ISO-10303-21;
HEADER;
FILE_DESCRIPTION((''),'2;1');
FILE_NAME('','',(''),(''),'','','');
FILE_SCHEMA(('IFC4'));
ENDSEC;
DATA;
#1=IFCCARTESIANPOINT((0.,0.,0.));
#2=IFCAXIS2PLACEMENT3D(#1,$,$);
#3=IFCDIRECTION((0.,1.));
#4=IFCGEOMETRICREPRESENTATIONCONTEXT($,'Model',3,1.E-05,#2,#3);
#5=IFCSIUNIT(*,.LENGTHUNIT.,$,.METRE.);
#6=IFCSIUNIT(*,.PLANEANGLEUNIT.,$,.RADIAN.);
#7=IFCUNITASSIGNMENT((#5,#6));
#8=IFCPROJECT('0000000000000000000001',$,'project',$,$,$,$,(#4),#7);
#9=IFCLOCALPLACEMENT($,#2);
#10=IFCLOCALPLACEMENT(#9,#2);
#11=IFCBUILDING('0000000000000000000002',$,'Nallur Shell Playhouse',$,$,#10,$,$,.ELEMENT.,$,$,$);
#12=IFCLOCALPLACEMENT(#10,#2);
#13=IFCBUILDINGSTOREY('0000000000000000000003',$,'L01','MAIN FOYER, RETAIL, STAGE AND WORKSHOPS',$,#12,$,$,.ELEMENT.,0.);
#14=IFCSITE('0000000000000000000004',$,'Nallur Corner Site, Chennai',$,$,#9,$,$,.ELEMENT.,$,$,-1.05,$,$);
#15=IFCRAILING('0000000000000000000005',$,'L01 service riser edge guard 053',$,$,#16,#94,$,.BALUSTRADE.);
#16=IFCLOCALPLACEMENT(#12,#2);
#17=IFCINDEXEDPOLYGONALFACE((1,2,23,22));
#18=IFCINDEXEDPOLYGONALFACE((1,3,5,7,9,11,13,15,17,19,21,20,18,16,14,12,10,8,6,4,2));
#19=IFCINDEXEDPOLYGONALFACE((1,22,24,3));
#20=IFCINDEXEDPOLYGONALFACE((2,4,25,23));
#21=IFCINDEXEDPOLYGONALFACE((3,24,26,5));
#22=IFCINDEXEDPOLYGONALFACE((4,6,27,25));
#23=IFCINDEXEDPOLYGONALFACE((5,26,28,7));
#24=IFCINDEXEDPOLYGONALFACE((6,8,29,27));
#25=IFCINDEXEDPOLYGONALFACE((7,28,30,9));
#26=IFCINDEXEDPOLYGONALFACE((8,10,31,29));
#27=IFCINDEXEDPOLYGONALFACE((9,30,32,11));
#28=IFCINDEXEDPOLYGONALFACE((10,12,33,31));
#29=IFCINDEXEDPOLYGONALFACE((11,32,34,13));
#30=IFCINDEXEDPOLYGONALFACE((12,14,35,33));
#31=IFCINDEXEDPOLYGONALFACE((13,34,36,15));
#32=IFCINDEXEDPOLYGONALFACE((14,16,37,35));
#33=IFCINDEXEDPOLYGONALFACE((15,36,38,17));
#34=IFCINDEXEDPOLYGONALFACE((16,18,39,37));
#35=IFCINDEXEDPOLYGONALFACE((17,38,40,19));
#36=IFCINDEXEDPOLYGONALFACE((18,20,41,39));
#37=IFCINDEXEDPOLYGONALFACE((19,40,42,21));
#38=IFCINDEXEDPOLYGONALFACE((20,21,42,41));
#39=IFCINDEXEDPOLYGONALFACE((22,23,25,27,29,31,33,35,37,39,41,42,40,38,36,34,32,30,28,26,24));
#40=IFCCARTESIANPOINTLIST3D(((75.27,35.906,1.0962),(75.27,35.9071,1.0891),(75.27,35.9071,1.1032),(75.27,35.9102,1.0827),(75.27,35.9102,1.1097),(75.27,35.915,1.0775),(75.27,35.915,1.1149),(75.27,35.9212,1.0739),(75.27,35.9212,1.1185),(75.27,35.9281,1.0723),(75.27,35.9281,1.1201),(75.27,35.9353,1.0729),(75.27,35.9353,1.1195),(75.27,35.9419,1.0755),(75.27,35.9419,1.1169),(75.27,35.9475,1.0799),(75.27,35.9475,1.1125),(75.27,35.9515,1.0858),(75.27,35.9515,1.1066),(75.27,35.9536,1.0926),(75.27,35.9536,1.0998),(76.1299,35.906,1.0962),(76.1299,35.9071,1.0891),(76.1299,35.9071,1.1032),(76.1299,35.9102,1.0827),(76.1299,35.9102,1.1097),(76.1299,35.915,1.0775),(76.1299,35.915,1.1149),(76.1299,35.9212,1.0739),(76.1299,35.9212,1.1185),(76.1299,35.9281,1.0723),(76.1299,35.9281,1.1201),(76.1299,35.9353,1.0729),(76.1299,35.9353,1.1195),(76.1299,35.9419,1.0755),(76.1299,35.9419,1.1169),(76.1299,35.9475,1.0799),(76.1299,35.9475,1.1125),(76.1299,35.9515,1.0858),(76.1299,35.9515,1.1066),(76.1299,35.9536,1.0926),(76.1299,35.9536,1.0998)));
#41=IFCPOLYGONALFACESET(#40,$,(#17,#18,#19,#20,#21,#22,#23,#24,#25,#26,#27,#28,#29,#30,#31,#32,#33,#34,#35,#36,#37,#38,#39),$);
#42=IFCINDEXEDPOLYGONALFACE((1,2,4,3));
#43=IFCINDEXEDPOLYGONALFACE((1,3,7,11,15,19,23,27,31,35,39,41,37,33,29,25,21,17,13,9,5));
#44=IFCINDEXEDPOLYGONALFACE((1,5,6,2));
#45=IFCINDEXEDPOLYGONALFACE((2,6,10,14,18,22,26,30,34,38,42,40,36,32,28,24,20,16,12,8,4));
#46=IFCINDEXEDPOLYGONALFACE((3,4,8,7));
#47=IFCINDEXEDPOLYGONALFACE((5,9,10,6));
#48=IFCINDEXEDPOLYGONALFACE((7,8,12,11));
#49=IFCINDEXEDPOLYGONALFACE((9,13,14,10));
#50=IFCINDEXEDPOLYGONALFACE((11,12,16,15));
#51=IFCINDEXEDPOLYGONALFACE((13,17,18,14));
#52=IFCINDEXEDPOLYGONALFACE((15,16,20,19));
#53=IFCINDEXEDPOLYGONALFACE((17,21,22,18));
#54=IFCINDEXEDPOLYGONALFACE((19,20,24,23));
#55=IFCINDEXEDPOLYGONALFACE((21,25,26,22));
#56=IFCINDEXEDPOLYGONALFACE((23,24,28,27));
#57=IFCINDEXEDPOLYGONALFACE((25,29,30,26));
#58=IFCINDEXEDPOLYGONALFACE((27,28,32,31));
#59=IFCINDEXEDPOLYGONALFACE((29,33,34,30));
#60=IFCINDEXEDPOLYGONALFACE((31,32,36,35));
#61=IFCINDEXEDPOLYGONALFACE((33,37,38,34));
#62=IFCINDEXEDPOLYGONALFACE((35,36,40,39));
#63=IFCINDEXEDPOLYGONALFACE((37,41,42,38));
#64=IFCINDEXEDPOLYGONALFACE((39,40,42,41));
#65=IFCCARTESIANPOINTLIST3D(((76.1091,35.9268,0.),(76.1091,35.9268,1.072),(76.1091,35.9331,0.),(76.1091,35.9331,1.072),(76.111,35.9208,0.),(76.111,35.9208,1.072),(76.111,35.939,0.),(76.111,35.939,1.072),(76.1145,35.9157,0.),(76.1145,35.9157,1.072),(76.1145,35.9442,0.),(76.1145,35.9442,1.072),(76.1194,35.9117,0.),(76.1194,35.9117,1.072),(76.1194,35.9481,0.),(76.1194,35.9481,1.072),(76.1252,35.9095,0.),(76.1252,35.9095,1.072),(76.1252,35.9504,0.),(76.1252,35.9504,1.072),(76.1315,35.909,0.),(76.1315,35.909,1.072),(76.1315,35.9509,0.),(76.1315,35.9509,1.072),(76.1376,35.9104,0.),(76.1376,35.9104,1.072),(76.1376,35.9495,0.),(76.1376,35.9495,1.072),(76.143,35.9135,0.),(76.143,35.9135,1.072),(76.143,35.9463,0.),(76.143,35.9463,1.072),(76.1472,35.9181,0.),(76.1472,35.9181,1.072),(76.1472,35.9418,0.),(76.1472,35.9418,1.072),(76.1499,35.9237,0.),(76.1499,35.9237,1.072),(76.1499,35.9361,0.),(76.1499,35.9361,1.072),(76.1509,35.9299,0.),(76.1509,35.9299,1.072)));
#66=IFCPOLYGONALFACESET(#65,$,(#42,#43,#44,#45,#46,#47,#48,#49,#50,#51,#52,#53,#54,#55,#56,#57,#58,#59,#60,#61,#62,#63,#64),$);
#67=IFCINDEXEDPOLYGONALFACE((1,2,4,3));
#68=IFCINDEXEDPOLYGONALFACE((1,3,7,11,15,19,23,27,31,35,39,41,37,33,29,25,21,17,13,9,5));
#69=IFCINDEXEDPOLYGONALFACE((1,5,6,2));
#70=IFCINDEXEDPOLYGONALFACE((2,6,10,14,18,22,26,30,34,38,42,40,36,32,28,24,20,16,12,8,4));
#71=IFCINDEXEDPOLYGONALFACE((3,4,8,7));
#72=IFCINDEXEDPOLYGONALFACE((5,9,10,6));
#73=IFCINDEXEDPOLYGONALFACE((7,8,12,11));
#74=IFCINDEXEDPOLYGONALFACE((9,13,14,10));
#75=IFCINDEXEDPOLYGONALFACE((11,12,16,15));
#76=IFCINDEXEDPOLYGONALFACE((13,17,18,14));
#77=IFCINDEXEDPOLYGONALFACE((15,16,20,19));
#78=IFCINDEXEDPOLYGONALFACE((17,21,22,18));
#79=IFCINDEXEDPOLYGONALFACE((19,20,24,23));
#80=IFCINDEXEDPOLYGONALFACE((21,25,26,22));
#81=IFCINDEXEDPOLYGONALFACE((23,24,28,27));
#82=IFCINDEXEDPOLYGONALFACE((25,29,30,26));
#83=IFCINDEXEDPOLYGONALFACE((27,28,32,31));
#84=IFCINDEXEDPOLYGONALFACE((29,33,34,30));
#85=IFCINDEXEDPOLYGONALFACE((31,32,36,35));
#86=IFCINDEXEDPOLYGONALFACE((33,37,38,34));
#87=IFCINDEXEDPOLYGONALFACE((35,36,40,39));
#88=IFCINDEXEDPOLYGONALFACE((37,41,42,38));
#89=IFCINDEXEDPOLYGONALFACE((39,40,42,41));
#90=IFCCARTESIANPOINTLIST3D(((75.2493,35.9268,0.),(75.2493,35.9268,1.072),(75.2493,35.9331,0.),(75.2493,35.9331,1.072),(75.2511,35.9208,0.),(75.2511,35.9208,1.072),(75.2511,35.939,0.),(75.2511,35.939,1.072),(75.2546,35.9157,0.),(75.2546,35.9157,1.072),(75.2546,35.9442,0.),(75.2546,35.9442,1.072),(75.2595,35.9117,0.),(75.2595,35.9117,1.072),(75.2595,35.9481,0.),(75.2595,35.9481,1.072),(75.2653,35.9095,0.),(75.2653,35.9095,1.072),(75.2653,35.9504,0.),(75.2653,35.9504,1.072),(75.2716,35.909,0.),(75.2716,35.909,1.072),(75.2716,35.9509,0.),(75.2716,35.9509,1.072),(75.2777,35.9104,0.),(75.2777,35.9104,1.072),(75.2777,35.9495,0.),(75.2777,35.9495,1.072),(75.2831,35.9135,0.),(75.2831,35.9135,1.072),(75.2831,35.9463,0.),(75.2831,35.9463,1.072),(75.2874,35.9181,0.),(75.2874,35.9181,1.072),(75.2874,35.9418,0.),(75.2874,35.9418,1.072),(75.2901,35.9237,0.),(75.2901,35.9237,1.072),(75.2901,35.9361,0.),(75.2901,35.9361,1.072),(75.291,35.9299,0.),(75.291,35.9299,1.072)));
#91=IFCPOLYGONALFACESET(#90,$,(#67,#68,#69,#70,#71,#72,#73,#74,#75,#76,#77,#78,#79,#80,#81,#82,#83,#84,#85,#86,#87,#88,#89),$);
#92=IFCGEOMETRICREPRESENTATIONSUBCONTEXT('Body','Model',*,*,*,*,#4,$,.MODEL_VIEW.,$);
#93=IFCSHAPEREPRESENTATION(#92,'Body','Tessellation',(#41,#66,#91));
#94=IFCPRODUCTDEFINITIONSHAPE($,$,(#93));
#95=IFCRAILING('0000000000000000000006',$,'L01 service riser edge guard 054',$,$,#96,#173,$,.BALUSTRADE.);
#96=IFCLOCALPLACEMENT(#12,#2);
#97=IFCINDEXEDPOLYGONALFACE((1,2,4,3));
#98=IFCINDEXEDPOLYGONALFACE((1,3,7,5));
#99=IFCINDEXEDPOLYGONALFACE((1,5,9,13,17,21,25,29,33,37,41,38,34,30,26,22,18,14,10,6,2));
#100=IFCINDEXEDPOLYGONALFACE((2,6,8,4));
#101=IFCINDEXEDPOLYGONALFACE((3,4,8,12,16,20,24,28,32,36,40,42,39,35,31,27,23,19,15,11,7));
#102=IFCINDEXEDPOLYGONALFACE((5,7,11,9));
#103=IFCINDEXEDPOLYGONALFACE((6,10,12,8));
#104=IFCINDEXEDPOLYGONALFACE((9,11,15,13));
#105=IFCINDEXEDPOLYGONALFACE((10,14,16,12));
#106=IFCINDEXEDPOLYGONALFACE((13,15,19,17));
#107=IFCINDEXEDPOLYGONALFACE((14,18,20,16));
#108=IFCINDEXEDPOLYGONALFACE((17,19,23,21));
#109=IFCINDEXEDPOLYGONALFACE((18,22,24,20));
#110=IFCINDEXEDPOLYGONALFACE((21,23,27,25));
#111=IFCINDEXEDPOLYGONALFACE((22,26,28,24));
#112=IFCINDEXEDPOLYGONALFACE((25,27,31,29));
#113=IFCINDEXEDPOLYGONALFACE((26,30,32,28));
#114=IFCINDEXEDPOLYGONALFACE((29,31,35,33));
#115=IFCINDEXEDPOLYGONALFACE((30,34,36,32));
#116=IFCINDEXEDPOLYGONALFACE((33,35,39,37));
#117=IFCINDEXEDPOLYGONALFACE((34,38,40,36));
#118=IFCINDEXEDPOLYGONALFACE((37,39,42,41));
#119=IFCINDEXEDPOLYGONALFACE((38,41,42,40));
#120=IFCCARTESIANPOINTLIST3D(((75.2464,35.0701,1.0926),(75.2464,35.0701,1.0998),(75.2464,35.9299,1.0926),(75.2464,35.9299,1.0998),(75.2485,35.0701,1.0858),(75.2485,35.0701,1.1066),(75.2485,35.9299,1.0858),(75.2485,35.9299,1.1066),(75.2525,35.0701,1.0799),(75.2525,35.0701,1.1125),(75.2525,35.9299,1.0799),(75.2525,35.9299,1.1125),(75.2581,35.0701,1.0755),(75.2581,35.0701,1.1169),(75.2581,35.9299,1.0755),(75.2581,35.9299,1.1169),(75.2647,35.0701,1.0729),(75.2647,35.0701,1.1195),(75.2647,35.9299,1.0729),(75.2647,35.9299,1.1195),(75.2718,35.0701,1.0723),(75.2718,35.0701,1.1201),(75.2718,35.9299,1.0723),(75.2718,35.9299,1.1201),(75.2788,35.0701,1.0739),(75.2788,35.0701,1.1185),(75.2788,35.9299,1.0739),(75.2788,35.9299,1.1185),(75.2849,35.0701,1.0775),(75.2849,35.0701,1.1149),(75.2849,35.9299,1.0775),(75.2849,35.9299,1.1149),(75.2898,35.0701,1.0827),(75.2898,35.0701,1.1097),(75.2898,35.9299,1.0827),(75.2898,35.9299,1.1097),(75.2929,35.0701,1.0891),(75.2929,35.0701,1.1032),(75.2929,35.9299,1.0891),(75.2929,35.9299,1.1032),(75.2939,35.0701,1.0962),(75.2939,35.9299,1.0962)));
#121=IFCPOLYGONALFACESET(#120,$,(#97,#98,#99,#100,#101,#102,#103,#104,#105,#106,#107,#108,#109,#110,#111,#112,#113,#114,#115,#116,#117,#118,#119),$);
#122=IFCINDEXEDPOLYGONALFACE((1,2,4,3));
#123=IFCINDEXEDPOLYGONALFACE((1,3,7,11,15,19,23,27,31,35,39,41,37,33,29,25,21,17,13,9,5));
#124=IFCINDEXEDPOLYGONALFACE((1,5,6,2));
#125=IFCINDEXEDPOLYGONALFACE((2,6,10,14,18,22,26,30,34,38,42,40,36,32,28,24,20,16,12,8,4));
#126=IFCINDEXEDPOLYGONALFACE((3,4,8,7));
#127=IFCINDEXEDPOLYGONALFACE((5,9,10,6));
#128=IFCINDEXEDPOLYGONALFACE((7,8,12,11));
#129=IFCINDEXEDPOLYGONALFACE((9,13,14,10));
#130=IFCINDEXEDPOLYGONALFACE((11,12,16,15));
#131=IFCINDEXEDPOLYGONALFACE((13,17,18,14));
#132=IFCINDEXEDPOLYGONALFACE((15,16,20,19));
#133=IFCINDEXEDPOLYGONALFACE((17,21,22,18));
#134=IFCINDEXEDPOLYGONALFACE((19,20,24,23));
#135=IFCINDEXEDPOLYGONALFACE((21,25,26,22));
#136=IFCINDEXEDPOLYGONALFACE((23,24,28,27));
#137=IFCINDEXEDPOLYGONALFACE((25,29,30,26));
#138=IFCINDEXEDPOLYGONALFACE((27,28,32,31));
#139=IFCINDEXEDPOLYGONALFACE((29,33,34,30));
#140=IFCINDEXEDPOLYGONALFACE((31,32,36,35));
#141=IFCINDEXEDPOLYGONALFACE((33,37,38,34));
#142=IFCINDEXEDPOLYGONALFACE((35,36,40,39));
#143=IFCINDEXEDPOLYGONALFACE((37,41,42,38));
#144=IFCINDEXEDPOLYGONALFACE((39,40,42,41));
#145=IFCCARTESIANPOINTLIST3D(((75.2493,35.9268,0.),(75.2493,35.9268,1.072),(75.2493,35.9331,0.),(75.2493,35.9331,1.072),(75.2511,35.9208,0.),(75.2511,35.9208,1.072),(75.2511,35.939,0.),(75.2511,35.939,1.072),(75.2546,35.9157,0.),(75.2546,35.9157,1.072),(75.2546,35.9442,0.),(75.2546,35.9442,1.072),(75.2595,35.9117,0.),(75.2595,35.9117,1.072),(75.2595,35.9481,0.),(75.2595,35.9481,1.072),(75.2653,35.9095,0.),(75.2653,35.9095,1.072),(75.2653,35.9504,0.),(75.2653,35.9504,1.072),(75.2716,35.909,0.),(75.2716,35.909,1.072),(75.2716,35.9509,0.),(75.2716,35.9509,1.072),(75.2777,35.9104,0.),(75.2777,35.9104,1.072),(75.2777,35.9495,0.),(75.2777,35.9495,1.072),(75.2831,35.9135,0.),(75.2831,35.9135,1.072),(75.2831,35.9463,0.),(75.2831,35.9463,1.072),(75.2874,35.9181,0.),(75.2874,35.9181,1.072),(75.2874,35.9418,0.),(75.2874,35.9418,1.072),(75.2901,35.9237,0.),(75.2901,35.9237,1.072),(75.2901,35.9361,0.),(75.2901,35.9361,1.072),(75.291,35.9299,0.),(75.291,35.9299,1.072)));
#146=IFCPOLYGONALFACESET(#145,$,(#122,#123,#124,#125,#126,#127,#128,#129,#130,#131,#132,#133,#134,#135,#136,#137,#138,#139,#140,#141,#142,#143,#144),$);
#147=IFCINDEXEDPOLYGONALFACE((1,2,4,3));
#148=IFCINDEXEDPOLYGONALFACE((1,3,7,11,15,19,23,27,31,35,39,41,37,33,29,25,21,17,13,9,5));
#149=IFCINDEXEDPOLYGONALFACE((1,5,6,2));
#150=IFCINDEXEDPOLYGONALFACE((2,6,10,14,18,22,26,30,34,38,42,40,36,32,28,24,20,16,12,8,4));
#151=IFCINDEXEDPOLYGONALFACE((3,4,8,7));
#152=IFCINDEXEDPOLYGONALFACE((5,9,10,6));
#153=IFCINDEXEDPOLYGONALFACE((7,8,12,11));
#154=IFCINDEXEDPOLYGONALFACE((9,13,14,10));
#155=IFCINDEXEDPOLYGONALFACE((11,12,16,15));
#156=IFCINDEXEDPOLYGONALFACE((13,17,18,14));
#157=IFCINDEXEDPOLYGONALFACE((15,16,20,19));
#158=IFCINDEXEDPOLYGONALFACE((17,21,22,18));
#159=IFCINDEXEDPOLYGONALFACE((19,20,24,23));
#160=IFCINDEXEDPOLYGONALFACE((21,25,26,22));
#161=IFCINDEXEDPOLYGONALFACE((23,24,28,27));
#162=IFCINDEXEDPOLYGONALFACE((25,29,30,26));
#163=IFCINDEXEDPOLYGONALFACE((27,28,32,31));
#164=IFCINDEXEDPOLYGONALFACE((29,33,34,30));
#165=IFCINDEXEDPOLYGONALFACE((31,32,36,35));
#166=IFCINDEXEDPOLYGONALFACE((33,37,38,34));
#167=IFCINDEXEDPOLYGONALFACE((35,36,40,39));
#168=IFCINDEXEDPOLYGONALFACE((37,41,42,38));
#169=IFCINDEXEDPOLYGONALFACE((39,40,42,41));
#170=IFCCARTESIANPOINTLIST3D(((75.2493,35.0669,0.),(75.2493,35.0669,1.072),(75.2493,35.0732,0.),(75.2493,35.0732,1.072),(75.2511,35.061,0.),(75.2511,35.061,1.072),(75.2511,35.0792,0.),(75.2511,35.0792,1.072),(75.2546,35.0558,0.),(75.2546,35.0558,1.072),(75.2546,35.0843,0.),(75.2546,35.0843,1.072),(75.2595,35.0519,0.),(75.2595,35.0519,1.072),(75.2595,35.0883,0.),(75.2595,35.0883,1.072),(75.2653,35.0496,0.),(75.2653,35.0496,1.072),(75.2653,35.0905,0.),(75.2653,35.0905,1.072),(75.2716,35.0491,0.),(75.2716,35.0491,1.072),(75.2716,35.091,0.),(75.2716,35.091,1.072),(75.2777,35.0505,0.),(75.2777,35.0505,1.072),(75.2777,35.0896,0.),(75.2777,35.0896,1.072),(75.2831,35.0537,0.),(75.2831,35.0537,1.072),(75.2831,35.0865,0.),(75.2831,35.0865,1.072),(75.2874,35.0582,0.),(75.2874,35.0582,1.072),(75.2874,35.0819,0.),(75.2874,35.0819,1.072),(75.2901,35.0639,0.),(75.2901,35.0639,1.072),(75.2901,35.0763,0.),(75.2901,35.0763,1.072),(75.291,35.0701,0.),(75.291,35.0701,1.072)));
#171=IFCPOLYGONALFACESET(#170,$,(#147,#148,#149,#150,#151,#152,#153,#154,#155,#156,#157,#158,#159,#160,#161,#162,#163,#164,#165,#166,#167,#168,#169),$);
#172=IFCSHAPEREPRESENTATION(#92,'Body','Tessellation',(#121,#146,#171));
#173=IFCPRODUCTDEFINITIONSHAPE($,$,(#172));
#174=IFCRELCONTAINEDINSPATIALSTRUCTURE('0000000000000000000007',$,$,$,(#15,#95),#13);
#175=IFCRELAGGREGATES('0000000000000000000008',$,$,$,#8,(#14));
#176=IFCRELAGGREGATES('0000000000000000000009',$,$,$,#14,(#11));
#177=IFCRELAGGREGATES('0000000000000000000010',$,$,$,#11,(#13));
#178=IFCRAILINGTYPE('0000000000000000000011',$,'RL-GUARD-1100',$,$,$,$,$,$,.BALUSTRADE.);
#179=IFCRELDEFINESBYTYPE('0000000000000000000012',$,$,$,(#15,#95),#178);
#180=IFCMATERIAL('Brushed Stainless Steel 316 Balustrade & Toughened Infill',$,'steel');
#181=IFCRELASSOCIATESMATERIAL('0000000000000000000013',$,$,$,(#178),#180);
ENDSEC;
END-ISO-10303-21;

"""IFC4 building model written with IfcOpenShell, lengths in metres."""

from ifc_helpers import new_model, si_unit, direction, frame, origin, origin_2d, place, context, subcontext, project, spatial, circle, extrude, material, type_object, element, save


model = new_model("IFC4")

# Units and contexts
model_context = context("Model", 3, precision=1e-05, world=origin(), true_north=direction((0.0, 1.0)))
body_context = subcontext(model_context, "Body", "Model", "MODEL_VIEW")
ifc_project = project(units=[si_unit("LENGTHUNIT", "METRE"), si_unit("PLANEANGLEUNIT", "RADIAN")], contexts=[model_context])

# Site, building, storey
site_placement = place(None, origin())
site = spatial("IfcSite", under=ifc_project, at=site_placement, Name="Nallur Corner Site, Chennai", CompositionType="ELEMENT", RefElevation=-1.05)
building_placement = place(site_placement, origin())
building = spatial("IfcBuilding", under=site, at=building_placement, Name="Nallur Shell Playhouse", CompositionType="ELEMENT")
storey_placement = place(building_placement, origin())
storey = spatial("IfcBuildingStorey", under=building, at=storey_placement, Name="L01", Description="MAIN FOYER, RETAIL, STAGE AND WORKSHOPS", CompositionType="ELEMENT", Elevation=0.0)

# Railings
ifc_material_1 = material(Name="Brushed Stainless Steel 316 Balustrade & Toughened Infill", Category="steel")
railing_type = type_object("IfcRailingType", Name="RL-GUARD-1100", PredefinedType="BALUSTRADE", material=ifc_material_1)
railing_1_placement = place(storey_placement, frame((76.1299, 35.9299, 0.0)))
element("IfcRailing", 1, at=railing_1_placement, inside=storey, type_object=railing_type, Name="L01 service riser edge guard 053", PredefinedType="BALUSTRADE", context=body_context, shape_type="SweptSolid", body=[
    extrude(circle(Radius=0.0239, at=origin_2d()), frame((0.0, 0.0, 1.0962), z_axis=(-1.0, 0.0, 0.0), x_axis=(0.0, -1.0, 0.0)), (0.0, 0.0, 1.0), 0.8599),
    extrude(circle(Radius=0.021, at=origin_2d()), origin(), (0.0, 0.0, 1.0), 1.072),
    extrude(circle(Radius=0.021, at=origin_2d()), frame((-0.8599, 0.0, 0.0)), (0.0, 0.0, 1.0), 1.072),
])
railing_2_placement = place(storey_placement, frame((75.27, 35.9299, 0.0)))
element("IfcRailing", 2, at=railing_2_placement, inside=storey, type_object=railing_type, Name="L01 service riser edge guard 054", PredefinedType="BALUSTRADE", context=body_context, shape_type="SweptSolid", body=[
    extrude(circle(Radius=0.0239, at=origin_2d()), frame((0.0, 0.0, 1.0962), z_axis=(0.0, -1.0, 0.0), x_axis=(1.0, 0.0, 0.0)), (0.0, 0.0, 1.0), 0.8599),
    extrude(circle(Radius=0.021, at=origin_2d()), origin(), (0.0, 0.0, 1.0), 1.072),
    extrude(circle(Radius=0.021, at=origin_2d()), frame((0.0, -0.8599, 0.0)), (0.0, 0.0, 1.0), 1.072),
])

save(model, "model.ifc")
